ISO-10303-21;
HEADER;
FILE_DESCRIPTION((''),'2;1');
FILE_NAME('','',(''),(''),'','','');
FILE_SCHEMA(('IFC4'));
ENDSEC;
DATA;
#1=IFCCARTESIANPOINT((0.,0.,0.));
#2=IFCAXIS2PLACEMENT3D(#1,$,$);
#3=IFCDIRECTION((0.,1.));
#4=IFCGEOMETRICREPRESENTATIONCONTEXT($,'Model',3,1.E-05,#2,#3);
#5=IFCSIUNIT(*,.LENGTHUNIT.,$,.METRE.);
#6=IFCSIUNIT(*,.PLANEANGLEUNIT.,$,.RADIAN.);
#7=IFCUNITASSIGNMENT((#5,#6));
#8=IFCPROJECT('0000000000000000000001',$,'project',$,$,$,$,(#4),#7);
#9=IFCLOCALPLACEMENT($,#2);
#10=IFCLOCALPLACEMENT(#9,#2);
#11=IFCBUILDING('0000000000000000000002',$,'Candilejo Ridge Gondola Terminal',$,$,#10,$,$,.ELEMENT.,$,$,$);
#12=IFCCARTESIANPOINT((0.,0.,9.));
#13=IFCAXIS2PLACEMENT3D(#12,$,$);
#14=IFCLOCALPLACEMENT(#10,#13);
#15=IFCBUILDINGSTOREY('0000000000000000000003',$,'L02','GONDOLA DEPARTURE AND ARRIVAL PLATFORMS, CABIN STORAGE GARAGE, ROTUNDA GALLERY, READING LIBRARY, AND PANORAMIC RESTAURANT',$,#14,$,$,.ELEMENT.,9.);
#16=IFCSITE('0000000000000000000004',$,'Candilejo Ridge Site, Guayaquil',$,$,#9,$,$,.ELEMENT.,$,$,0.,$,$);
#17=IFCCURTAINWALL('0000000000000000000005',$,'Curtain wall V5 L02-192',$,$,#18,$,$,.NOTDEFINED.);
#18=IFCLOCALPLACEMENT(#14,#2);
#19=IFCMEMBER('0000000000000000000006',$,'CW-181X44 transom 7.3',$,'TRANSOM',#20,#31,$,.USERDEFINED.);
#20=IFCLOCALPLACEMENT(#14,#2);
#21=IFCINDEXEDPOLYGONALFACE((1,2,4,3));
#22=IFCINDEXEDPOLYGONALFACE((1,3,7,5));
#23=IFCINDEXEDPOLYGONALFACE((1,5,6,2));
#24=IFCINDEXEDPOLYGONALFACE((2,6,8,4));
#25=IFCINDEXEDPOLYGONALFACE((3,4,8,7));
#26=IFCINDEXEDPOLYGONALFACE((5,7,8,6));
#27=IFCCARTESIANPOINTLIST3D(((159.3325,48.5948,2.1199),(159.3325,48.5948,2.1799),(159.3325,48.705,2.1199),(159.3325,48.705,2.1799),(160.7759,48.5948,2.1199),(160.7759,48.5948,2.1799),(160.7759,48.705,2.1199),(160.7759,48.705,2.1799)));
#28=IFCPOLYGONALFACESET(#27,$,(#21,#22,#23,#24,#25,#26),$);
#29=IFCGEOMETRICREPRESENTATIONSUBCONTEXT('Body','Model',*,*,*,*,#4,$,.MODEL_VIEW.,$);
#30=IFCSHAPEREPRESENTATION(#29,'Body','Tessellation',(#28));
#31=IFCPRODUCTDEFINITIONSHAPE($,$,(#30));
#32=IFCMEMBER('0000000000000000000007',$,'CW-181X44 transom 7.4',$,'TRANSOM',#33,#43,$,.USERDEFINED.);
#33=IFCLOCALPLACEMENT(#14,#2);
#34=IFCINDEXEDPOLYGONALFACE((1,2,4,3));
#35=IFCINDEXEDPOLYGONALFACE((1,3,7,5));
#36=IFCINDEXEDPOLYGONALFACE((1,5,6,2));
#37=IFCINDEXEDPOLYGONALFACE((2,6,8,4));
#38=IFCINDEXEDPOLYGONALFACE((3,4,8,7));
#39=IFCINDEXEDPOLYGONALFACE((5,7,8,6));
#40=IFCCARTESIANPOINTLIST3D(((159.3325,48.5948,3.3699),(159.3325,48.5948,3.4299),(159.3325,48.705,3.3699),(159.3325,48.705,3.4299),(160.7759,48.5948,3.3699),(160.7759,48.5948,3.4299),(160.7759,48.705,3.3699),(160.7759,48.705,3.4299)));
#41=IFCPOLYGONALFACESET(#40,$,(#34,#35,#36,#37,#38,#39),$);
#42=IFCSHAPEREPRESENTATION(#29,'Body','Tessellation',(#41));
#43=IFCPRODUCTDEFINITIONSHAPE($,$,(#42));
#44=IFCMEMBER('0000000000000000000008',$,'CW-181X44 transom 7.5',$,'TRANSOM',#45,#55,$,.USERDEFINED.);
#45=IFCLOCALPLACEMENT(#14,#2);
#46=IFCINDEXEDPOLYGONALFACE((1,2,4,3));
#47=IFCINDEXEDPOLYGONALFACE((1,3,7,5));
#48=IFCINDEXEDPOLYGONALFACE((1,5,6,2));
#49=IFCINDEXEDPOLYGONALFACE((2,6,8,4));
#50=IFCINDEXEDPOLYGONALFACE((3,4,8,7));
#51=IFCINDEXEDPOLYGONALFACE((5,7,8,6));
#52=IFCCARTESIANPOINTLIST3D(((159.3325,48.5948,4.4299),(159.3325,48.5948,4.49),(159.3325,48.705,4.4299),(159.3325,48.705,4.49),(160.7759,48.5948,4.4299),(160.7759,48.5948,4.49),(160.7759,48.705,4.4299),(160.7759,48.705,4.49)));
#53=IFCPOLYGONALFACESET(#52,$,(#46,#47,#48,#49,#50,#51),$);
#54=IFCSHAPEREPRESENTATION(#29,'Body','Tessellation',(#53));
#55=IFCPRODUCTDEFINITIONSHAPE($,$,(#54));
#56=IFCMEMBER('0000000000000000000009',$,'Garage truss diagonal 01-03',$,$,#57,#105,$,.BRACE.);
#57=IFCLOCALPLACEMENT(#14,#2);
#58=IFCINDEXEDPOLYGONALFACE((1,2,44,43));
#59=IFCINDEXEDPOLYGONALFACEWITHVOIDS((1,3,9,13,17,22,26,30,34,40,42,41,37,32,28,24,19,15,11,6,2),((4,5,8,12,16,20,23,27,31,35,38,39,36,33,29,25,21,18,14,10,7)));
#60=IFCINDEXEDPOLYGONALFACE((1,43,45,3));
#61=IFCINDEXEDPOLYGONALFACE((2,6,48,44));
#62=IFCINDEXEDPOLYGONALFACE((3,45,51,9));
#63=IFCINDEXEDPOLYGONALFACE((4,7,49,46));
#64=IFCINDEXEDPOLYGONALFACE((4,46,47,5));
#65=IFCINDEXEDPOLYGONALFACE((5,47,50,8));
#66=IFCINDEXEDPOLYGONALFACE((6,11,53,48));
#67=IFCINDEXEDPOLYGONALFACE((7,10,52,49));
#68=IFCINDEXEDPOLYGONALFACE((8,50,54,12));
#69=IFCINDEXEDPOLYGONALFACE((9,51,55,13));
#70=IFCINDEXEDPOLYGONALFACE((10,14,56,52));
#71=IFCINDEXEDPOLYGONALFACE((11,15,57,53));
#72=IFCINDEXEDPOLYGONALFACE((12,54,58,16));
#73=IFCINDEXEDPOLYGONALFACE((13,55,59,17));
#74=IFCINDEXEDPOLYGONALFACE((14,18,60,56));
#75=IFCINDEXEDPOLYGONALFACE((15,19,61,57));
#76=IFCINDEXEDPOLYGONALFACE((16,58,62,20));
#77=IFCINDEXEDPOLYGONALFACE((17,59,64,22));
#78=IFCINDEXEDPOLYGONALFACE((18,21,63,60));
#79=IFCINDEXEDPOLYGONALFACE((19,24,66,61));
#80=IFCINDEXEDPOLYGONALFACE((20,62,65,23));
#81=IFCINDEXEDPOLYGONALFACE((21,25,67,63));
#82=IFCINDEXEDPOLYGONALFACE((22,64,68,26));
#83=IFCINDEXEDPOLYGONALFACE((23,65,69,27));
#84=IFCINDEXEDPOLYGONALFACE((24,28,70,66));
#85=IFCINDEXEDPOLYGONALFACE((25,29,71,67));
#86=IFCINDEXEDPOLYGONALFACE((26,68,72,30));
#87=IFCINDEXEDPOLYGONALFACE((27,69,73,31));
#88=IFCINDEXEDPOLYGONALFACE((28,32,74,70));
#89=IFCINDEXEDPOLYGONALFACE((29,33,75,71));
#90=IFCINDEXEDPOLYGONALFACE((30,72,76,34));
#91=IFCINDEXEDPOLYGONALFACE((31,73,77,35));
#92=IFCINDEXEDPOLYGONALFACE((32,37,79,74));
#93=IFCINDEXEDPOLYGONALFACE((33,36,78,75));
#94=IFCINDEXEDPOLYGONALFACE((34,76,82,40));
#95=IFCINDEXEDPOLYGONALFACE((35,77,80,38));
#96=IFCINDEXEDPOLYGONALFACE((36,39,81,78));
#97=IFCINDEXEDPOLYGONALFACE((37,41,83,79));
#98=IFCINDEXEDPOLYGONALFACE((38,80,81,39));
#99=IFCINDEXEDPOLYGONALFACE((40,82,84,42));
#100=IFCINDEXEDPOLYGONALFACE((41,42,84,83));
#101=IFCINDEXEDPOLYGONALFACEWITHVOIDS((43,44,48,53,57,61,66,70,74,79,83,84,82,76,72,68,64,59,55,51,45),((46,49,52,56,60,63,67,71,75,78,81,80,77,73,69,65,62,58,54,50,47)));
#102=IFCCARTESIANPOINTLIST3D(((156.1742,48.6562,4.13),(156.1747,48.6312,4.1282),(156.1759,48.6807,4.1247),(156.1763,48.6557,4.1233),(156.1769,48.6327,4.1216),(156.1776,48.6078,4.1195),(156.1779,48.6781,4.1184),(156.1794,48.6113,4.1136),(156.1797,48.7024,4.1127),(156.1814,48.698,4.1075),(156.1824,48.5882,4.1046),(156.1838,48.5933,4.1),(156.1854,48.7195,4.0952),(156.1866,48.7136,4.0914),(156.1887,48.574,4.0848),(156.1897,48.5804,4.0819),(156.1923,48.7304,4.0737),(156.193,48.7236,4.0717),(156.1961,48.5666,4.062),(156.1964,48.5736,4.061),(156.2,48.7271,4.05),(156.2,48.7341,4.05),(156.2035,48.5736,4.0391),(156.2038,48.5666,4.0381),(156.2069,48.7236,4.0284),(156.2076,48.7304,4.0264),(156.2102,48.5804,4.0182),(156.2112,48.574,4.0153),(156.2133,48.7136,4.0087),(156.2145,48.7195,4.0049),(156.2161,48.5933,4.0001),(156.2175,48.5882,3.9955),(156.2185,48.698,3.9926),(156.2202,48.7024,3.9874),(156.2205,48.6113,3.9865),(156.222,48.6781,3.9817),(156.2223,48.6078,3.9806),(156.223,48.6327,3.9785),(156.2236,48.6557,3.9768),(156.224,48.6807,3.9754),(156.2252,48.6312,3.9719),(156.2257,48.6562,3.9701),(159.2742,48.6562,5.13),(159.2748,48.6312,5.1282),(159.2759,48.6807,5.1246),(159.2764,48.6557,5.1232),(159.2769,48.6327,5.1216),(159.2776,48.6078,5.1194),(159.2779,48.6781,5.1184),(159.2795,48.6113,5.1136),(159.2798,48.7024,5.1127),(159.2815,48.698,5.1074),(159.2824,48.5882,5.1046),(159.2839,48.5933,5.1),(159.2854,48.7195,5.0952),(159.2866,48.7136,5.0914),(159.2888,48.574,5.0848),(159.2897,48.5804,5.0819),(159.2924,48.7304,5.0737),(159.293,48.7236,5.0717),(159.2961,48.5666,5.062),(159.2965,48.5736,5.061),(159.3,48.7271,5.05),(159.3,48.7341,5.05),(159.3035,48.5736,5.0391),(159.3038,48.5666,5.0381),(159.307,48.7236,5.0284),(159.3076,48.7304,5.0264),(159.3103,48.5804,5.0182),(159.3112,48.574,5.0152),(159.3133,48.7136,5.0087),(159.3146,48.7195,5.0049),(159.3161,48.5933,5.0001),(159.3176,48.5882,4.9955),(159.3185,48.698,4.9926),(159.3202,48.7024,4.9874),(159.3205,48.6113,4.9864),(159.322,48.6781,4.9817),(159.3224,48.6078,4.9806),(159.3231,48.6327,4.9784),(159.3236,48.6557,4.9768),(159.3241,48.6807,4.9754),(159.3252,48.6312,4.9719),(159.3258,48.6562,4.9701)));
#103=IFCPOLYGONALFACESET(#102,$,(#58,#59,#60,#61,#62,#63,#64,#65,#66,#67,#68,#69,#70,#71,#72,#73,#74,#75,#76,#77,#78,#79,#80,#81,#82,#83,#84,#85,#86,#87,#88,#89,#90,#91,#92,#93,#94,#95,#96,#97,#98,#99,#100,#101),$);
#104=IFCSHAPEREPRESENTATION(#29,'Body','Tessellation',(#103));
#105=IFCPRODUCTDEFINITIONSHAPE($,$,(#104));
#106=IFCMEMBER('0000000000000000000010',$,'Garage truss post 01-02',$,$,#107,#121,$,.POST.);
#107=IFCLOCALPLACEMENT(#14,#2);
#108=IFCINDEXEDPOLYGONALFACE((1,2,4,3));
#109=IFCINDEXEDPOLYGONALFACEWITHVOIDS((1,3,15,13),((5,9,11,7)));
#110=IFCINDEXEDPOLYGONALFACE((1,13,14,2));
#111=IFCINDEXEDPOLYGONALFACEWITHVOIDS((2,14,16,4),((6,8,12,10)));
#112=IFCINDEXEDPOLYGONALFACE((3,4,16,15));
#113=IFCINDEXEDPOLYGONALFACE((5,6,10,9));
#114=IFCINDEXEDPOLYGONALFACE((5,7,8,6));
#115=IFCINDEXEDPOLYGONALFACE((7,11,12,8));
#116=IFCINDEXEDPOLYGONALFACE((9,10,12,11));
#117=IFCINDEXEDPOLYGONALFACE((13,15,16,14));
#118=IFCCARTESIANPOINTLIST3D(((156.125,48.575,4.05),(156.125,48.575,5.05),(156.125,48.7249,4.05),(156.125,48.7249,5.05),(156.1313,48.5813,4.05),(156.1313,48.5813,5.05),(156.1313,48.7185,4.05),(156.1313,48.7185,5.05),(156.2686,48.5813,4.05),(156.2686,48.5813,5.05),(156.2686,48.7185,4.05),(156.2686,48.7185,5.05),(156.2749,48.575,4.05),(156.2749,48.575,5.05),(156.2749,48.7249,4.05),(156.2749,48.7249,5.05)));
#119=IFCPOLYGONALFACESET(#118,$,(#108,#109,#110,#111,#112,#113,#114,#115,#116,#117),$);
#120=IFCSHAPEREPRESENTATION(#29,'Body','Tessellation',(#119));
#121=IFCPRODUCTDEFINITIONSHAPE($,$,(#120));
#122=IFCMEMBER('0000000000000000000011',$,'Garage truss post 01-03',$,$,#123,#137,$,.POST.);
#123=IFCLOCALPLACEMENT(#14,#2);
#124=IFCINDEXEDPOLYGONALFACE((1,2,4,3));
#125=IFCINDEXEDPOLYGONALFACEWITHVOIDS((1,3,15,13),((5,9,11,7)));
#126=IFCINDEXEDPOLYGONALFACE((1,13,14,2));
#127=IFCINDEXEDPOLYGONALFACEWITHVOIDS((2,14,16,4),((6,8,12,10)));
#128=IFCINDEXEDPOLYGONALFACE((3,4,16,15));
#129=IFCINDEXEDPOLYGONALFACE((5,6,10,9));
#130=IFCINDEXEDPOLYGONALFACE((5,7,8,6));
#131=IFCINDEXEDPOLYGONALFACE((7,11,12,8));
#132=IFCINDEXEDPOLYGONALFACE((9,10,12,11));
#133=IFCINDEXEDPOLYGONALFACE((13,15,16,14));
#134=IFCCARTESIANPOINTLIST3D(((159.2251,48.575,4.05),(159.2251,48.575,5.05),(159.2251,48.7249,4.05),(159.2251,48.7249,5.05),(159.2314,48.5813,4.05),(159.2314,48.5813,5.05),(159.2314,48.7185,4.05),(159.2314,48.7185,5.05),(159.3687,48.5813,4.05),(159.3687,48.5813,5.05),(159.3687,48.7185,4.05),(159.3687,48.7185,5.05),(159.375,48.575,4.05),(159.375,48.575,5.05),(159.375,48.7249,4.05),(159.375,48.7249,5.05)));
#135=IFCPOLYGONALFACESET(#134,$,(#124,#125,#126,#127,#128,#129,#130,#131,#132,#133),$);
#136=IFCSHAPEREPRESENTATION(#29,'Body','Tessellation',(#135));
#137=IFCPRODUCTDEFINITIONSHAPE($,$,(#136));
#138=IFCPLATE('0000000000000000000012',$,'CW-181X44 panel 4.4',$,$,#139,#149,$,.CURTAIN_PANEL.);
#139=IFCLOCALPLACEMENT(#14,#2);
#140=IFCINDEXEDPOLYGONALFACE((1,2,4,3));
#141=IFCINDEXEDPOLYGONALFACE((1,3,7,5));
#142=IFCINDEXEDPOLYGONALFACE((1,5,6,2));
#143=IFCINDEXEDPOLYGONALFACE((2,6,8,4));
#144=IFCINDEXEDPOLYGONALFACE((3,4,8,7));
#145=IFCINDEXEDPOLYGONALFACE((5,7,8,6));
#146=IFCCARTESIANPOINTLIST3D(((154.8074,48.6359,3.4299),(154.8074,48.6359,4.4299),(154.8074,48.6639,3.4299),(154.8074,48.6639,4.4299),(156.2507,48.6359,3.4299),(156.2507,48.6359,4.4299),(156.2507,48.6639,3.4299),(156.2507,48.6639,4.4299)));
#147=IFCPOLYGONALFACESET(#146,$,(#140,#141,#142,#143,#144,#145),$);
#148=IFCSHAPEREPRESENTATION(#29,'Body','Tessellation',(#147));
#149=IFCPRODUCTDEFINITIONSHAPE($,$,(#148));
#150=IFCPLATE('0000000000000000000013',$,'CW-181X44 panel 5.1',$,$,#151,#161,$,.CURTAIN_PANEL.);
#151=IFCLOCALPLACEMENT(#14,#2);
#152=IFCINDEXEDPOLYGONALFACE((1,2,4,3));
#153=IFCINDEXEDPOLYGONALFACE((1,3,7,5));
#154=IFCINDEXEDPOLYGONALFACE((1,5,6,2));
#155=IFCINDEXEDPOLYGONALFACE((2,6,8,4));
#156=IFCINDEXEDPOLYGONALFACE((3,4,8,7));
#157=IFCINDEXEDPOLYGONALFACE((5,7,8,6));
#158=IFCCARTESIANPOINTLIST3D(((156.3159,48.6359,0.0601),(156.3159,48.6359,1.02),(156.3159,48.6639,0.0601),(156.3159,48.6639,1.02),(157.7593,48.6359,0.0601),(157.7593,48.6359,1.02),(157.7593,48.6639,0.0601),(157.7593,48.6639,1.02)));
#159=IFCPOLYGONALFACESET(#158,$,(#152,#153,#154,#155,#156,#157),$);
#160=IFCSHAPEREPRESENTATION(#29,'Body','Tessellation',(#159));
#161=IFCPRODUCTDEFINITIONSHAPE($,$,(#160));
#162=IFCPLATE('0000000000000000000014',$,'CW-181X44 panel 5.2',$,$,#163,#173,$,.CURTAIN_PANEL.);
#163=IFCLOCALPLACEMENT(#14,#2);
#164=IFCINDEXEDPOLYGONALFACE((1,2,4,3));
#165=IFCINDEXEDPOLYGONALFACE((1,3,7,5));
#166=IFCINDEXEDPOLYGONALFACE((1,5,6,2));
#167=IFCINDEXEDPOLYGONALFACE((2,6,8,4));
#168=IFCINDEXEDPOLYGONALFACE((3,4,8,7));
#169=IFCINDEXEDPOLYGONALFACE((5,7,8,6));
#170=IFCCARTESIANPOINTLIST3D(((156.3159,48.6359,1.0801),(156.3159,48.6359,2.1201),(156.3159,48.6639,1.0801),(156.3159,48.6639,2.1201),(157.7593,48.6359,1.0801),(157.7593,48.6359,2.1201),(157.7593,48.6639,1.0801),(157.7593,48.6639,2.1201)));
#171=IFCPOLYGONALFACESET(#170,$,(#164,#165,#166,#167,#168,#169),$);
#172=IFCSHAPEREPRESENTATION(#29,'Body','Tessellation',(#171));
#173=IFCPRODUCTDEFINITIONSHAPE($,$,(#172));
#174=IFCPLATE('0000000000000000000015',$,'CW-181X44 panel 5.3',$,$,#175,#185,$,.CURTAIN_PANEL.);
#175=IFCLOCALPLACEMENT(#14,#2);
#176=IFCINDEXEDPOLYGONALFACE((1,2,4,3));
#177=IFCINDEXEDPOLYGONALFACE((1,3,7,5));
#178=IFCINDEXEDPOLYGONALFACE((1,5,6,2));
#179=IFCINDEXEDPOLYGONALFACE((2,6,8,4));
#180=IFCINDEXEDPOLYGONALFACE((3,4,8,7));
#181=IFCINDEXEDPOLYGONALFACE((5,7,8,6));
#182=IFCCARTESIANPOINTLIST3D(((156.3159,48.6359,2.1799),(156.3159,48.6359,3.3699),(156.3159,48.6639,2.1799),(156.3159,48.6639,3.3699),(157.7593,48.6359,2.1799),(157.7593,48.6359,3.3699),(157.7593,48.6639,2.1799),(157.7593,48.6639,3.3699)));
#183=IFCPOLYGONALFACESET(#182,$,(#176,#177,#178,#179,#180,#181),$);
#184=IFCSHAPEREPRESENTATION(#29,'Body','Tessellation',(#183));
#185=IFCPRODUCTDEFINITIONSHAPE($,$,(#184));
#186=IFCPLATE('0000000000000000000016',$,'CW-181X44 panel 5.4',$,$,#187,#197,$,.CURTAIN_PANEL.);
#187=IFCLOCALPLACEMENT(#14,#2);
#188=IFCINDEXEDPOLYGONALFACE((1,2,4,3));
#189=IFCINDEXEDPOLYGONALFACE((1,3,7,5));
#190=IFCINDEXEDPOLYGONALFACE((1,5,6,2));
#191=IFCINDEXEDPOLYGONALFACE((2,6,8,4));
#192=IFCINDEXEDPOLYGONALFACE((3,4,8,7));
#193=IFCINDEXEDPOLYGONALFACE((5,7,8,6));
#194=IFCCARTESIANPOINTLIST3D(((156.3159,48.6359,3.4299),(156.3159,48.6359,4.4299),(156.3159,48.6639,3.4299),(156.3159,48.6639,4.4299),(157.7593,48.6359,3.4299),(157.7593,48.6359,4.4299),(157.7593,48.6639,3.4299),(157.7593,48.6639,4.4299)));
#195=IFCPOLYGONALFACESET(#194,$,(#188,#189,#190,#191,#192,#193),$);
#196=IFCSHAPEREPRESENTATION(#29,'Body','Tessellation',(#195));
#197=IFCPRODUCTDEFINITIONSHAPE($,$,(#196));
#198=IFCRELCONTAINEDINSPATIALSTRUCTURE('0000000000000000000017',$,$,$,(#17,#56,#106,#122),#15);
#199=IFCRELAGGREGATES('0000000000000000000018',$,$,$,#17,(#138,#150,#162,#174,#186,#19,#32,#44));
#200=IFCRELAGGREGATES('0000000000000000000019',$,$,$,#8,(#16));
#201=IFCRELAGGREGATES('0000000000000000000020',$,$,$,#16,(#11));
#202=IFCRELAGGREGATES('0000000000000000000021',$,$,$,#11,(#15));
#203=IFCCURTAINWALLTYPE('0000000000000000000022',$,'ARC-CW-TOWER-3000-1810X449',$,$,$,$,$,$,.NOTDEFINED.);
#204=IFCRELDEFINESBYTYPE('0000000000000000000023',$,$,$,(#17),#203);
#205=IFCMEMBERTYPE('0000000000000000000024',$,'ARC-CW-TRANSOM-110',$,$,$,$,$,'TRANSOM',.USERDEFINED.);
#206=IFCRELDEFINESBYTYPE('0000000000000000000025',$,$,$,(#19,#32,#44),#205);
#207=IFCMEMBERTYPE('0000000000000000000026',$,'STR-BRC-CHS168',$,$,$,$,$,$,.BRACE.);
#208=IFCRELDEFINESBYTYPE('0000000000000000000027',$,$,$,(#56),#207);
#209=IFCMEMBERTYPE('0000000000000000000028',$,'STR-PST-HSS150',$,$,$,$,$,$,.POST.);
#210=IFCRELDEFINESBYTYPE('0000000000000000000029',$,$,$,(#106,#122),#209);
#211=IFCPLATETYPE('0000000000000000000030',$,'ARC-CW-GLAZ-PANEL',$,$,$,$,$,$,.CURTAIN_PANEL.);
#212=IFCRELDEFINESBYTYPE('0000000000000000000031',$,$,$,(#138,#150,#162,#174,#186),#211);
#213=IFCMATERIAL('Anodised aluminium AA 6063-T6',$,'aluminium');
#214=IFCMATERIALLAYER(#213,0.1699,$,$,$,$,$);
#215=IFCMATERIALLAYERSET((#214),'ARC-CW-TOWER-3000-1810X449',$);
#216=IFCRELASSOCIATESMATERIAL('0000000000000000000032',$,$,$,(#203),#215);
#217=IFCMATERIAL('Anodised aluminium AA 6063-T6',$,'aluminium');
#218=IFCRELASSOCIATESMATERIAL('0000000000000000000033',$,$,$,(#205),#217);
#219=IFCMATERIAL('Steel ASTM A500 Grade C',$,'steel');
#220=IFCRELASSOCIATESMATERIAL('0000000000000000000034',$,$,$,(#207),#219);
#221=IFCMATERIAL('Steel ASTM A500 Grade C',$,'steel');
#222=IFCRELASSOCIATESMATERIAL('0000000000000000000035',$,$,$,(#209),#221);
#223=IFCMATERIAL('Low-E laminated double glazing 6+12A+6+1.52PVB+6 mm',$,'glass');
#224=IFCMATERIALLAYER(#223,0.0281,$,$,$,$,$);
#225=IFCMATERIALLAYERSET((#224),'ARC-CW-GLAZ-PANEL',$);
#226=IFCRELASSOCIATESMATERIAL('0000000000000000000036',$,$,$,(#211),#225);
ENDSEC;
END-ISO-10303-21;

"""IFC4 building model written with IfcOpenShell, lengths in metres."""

from ifc_helpers import new_model, si_unit, direction, frame, origin, origin_2d, place, context, subcontext, project, spatial, rectangle, hollow_rectangle, hollow_circle, extrude, material, layer, layer_set, material_profile, profile_set, type_object, element, aggregate, save


model = new_model("IFC4")

# Units and contexts
model_context = context("Model", 3, precision=1e-05, world=origin(), true_north=direction((0.0, 1.0)))
body_context = subcontext(model_context, "Body", "Model", "MODEL_VIEW")
ifc_project = project(units=[si_unit("LENGTHUNIT", "METRE"), si_unit("PLANEANGLEUNIT", "RADIAN")], contexts=[model_context])

# Site, building, storey
site_placement = place(None, origin())
site = spatial("IfcSite", under=ifc_project, at=site_placement, Name="Candilejo Ridge Site, Guayaquil", CompositionType="ELEMENT", RefElevation=0.0)
building_placement = place(site_placement, origin())
building = spatial("IfcBuilding", under=site, at=building_placement, Name="Candilejo Ridge Gondola Terminal", CompositionType="ELEMENT")
storey_placement = place(building_placement, frame((0.0, 0.0, 9.0)))
storey = spatial("IfcBuildingStorey", under=building, at=storey_placement, Name="L02", Description="GONDOLA DEPARTURE AND ARRIVAL PLATFORMS, CABIN STORAGE GARAGE, ROTUNDA GALLERY, READING LIBRARY, AND PANORAMIC RESTAURANT", CompositionType="ELEMENT", Elevation=9.0)

# Curtain wall, members
ifc_material_1 = material(Name="Anodised aluminium AA 6063-T6", Category="aluminium")
ifc_layer_1 = layer(ifc_material_1, 0.1699)
ifc_layer_set_1 = layer_set([ifc_layer_1], Name="ARC-CW-TOWER-3000-1810X449")
curtain_wall_type = type_object("IfcCurtainWallType", Name="ARC-CW-TOWER-3000-1810X449", PredefinedType="NOTDEFINED", material=ifc_layer_set_1)
curtain_wall_placement = place(storey_placement, origin())
curtain_wall = element("IfcCurtainWall", 1, at=curtain_wall_placement, inside=storey, type_object=curtain_wall_type, Name="Curtain wall V5 L02-192", PredefinedType="NOTDEFINED")
ifc_material_2 = material(Name="Anodised aluminium AA 6063-T6", Category="aluminium")
ifc_material_profile_1 = material_profile(ifc_material_2, rectangle(XDim=0.1101, YDim=0.0601, at=origin_2d()))
ifc_profile_set_1 = profile_set([ifc_material_profile_1], Name="Anodised aluminium AA 6063-T6")
member_type_1 = type_object("IfcMemberType", Name="ARC-CW-TRANSOM-110", ElementType="TRANSOM", PredefinedType="USERDEFINED", material=ifc_profile_set_1)
member_1_placement = place(storey_placement, frame((159.3325, 48.6499, 2.1499), z_axis=(1.0, 0.0, 0.0), x_axis=(0.0, 1.0, 0.0)))
member_1 = element("IfcMember", 2, at=member_1_placement, type_object=member_type_1, Name="CW-181X44 transom 7.3", ObjectType="TRANSOM", PredefinedType="USERDEFINED", context=body_context, shape_type="SweptSolid", body=[
    extrude(rectangle(XDim=0.1101, YDim=0.0601, at=origin_2d()), origin(), (0.0, 0.0, 1.0), 1.4434),
])
member_2_placement = place(storey_placement, frame((159.3325, 48.6499, 3.3999), z_axis=(1.0, 0.0, 0.0), x_axis=(0.0, 1.0, 0.0)))
member_2 = element("IfcMember", 3, at=member_2_placement, type_object=member_type_1, Name="CW-181X44 transom 7.4", ObjectType="TRANSOM", PredefinedType="USERDEFINED", context=body_context, shape_type="SweptSolid", body=[
    extrude(rectangle(XDim=0.1101, YDim=0.0601, at=origin_2d()), origin(), (0.0, 0.0, 1.0), 1.4434),
])
member_3_placement = place(storey_placement, frame((159.3325, 48.6499, 4.46), z_axis=(1.0, 0.0, 0.0), x_axis=(0.0, 1.0, 0.0)))
member_3 = element("IfcMember", 4, at=member_3_placement, type_object=member_type_1, Name="CW-181X44 transom 7.5", ObjectType="TRANSOM", PredefinedType="USERDEFINED", context=body_context, shape_type="SweptSolid", body=[
    extrude(rectangle(XDim=0.1101, YDim=0.0601, at=origin_2d()), origin(), (0.0, 0.0, 1.0), 1.4434),
])

# Members
ifc_material_3 = material(Name="Steel ASTM A500 Grade C", Category="steel")
ifc_material_profile_2 = material_profile(ifc_material_3, hollow_circle(Radius=0.0842, WallThickness=0.0071, at=origin_2d()))
ifc_profile_set_2 = profile_set([ifc_material_profile_2], Name="Steel ASTM A500 Grade C")
member_type_2 = type_object("IfcMemberType", Name="STR-BRC-CHS168", PredefinedType="BRACE", material=ifc_profile_set_2)
member_4_placement = place(storey_placement, frame((156.2, 48.6499, 4.05), z_axis=(0.951711, 0.0, 0.306994), x_axis=(0.0, 1.0, 0.0)))
element("IfcMember", 5, at=member_4_placement, inside=storey, type_object=member_type_2, Name="Garage truss diagonal 01-03", PredefinedType="BRACE", context=body_context, shape_type="SweptSolid", body=[
    extrude(hollow_circle(Radius=0.0842, WallThickness=0.0071, at=origin_2d()), origin(), (0.0, 0.0, 1.0), 3.2573),
])
ifc_material_4 = material(Name="Steel ASTM A500 Grade C", Category="steel")
ifc_material_profile_3 = material_profile(ifc_material_4, hollow_rectangle(XDim=0.1499, YDim=0.1499, WallThickness=0.0063, at=origin_2d()))
ifc_profile_set_3 = profile_set([ifc_material_profile_3], Name="Steel ASTM A500 Grade C")
member_type_3 = type_object("IfcMemberType", Name="STR-PST-HSS150", PredefinedType="POST", material=ifc_profile_set_3)
for number, where, z_axis, x_axis, name in (
    (6, (156.2, 48.6499, 4.05), (0.0, 0.0, 1.0), (1.0, 0.0, 0.0), "Garage truss post 01-02"),
    (7, (159.3, 48.6499, 4.05), (0.0, 0.0, 1.0), (1.0, 0.0, 0.0), "Garage truss post 01-03"),
):
    element("IfcMember", number, at=place(storey_placement, frame(where, z_axis=z_axis, x_axis=x_axis)), inside=storey, type_object=member_type_3, Name=name, PredefinedType="POST", context=body_context, shape_type="SweptSolid", body=[
        extrude(hollow_rectangle(XDim=0.1499, YDim=0.1499, WallThickness=0.0063, at=origin_2d()), origin(), (0.0, 0.0, 1.0), 1.0),
    ])

# Plates
ifc_material_5 = material(Name="Low-E laminated double glazing 6+12A+6+1.52PVB+6 mm", Category="glass")
ifc_layer_2 = layer(ifc_material_5, 0.0281)
ifc_layer_set_2 = layer_set([ifc_layer_2], Name="ARC-CW-GLAZ-PANEL")
plate_type_1 = type_object("IfcPlateType", Name="ARC-CW-GLAZ-PANEL", PredefinedType="CURTAIN_PANEL", material=ifc_layer_set_2)
plate_1_placement = place(storey_placement, frame((155.5291, 48.6499, 3.4299), z_axis=(0.0, 0.0, 1.0), x_axis=(1.0, 0.0, 0.0)))
plate_1 = element("IfcPlate", 8, at=plate_1_placement, type_object=plate_type_1, Name="CW-181X44 panel 4.4", PredefinedType="CURTAIN_PANEL", context=body_context, shape_type="SweptSolid", body=[
    extrude(rectangle(XDim=1.4434, YDim=0.0281, at=origin_2d()), origin(), (0.0, 0.0, 1.0), 1.0),
])
plate_2_placement = place(storey_placement, frame((157.0376, 48.6499, 0.0601), z_axis=(0.0, 0.0, 1.0), x_axis=(1.0, 0.0, 0.0)))
plate_2 = element("IfcPlate", 9, at=plate_2_placement, type_object=plate_type_1, Name="CW-181X44 panel 5.1", PredefinedType="CURTAIN_PANEL", context=body_context, shape_type="SweptSolid", body=[
    extrude(rectangle(XDim=1.4434, YDim=0.0281, at=origin_2d()), origin(), (0.0, 0.0, 1.0), 0.96),
])
plate_3_placement = place(storey_placement, frame((157.0376, 48.6499, 1.0801), z_axis=(0.0, 0.0, 1.0), x_axis=(1.0, 0.0, 0.0)))
plate_3 = element("IfcPlate", 10, at=plate_3_placement, type_object=plate_type_1, Name="CW-181X44 panel 5.2", PredefinedType="CURTAIN_PANEL", context=body_context, shape_type="SweptSolid", body=[
    extrude(rectangle(XDim=1.4434, YDim=0.0281, at=origin_2d()), origin(), (0.0, 0.0, 1.0), 1.04),
])
plate_4_placement = place(storey_placement, frame((157.0376, 48.6499, 2.1799), z_axis=(0.0, 0.0, 1.0), x_axis=(1.0, 0.0, 0.0)))
plate_4 = element("IfcPlate", 11, at=plate_4_placement, type_object=plate_type_1, Name="CW-181X44 panel 5.3", PredefinedType="CURTAIN_PANEL", context=body_context, shape_type="SweptSolid", body=[
    extrude(rectangle(XDim=1.4434, YDim=0.0281, at=origin_2d()), origin(), (0.0, 0.0, 1.0), 1.1899),
])
plate_5_placement = place(storey_placement, frame((157.0376, 48.6499, 3.4299), z_axis=(0.0, 0.0, 1.0), x_axis=(1.0, 0.0, 0.0)))
plate_5 = element("IfcPlate", 12, at=plate_5_placement, type_object=plate_type_1, Name="CW-181X44 panel 5.4", PredefinedType="CURTAIN_PANEL", context=body_context, shape_type="SweptSolid", body=[
    extrude(rectangle(XDim=1.4434, YDim=0.0281, at=origin_2d()), origin(), (0.0, 0.0, 1.0), 1.0),
])
aggregate(curtain_wall, [plate_1, plate_2, plate_3, plate_4, plate_5, member_1, member_2, member_3])

save(model, "model.ifc")
